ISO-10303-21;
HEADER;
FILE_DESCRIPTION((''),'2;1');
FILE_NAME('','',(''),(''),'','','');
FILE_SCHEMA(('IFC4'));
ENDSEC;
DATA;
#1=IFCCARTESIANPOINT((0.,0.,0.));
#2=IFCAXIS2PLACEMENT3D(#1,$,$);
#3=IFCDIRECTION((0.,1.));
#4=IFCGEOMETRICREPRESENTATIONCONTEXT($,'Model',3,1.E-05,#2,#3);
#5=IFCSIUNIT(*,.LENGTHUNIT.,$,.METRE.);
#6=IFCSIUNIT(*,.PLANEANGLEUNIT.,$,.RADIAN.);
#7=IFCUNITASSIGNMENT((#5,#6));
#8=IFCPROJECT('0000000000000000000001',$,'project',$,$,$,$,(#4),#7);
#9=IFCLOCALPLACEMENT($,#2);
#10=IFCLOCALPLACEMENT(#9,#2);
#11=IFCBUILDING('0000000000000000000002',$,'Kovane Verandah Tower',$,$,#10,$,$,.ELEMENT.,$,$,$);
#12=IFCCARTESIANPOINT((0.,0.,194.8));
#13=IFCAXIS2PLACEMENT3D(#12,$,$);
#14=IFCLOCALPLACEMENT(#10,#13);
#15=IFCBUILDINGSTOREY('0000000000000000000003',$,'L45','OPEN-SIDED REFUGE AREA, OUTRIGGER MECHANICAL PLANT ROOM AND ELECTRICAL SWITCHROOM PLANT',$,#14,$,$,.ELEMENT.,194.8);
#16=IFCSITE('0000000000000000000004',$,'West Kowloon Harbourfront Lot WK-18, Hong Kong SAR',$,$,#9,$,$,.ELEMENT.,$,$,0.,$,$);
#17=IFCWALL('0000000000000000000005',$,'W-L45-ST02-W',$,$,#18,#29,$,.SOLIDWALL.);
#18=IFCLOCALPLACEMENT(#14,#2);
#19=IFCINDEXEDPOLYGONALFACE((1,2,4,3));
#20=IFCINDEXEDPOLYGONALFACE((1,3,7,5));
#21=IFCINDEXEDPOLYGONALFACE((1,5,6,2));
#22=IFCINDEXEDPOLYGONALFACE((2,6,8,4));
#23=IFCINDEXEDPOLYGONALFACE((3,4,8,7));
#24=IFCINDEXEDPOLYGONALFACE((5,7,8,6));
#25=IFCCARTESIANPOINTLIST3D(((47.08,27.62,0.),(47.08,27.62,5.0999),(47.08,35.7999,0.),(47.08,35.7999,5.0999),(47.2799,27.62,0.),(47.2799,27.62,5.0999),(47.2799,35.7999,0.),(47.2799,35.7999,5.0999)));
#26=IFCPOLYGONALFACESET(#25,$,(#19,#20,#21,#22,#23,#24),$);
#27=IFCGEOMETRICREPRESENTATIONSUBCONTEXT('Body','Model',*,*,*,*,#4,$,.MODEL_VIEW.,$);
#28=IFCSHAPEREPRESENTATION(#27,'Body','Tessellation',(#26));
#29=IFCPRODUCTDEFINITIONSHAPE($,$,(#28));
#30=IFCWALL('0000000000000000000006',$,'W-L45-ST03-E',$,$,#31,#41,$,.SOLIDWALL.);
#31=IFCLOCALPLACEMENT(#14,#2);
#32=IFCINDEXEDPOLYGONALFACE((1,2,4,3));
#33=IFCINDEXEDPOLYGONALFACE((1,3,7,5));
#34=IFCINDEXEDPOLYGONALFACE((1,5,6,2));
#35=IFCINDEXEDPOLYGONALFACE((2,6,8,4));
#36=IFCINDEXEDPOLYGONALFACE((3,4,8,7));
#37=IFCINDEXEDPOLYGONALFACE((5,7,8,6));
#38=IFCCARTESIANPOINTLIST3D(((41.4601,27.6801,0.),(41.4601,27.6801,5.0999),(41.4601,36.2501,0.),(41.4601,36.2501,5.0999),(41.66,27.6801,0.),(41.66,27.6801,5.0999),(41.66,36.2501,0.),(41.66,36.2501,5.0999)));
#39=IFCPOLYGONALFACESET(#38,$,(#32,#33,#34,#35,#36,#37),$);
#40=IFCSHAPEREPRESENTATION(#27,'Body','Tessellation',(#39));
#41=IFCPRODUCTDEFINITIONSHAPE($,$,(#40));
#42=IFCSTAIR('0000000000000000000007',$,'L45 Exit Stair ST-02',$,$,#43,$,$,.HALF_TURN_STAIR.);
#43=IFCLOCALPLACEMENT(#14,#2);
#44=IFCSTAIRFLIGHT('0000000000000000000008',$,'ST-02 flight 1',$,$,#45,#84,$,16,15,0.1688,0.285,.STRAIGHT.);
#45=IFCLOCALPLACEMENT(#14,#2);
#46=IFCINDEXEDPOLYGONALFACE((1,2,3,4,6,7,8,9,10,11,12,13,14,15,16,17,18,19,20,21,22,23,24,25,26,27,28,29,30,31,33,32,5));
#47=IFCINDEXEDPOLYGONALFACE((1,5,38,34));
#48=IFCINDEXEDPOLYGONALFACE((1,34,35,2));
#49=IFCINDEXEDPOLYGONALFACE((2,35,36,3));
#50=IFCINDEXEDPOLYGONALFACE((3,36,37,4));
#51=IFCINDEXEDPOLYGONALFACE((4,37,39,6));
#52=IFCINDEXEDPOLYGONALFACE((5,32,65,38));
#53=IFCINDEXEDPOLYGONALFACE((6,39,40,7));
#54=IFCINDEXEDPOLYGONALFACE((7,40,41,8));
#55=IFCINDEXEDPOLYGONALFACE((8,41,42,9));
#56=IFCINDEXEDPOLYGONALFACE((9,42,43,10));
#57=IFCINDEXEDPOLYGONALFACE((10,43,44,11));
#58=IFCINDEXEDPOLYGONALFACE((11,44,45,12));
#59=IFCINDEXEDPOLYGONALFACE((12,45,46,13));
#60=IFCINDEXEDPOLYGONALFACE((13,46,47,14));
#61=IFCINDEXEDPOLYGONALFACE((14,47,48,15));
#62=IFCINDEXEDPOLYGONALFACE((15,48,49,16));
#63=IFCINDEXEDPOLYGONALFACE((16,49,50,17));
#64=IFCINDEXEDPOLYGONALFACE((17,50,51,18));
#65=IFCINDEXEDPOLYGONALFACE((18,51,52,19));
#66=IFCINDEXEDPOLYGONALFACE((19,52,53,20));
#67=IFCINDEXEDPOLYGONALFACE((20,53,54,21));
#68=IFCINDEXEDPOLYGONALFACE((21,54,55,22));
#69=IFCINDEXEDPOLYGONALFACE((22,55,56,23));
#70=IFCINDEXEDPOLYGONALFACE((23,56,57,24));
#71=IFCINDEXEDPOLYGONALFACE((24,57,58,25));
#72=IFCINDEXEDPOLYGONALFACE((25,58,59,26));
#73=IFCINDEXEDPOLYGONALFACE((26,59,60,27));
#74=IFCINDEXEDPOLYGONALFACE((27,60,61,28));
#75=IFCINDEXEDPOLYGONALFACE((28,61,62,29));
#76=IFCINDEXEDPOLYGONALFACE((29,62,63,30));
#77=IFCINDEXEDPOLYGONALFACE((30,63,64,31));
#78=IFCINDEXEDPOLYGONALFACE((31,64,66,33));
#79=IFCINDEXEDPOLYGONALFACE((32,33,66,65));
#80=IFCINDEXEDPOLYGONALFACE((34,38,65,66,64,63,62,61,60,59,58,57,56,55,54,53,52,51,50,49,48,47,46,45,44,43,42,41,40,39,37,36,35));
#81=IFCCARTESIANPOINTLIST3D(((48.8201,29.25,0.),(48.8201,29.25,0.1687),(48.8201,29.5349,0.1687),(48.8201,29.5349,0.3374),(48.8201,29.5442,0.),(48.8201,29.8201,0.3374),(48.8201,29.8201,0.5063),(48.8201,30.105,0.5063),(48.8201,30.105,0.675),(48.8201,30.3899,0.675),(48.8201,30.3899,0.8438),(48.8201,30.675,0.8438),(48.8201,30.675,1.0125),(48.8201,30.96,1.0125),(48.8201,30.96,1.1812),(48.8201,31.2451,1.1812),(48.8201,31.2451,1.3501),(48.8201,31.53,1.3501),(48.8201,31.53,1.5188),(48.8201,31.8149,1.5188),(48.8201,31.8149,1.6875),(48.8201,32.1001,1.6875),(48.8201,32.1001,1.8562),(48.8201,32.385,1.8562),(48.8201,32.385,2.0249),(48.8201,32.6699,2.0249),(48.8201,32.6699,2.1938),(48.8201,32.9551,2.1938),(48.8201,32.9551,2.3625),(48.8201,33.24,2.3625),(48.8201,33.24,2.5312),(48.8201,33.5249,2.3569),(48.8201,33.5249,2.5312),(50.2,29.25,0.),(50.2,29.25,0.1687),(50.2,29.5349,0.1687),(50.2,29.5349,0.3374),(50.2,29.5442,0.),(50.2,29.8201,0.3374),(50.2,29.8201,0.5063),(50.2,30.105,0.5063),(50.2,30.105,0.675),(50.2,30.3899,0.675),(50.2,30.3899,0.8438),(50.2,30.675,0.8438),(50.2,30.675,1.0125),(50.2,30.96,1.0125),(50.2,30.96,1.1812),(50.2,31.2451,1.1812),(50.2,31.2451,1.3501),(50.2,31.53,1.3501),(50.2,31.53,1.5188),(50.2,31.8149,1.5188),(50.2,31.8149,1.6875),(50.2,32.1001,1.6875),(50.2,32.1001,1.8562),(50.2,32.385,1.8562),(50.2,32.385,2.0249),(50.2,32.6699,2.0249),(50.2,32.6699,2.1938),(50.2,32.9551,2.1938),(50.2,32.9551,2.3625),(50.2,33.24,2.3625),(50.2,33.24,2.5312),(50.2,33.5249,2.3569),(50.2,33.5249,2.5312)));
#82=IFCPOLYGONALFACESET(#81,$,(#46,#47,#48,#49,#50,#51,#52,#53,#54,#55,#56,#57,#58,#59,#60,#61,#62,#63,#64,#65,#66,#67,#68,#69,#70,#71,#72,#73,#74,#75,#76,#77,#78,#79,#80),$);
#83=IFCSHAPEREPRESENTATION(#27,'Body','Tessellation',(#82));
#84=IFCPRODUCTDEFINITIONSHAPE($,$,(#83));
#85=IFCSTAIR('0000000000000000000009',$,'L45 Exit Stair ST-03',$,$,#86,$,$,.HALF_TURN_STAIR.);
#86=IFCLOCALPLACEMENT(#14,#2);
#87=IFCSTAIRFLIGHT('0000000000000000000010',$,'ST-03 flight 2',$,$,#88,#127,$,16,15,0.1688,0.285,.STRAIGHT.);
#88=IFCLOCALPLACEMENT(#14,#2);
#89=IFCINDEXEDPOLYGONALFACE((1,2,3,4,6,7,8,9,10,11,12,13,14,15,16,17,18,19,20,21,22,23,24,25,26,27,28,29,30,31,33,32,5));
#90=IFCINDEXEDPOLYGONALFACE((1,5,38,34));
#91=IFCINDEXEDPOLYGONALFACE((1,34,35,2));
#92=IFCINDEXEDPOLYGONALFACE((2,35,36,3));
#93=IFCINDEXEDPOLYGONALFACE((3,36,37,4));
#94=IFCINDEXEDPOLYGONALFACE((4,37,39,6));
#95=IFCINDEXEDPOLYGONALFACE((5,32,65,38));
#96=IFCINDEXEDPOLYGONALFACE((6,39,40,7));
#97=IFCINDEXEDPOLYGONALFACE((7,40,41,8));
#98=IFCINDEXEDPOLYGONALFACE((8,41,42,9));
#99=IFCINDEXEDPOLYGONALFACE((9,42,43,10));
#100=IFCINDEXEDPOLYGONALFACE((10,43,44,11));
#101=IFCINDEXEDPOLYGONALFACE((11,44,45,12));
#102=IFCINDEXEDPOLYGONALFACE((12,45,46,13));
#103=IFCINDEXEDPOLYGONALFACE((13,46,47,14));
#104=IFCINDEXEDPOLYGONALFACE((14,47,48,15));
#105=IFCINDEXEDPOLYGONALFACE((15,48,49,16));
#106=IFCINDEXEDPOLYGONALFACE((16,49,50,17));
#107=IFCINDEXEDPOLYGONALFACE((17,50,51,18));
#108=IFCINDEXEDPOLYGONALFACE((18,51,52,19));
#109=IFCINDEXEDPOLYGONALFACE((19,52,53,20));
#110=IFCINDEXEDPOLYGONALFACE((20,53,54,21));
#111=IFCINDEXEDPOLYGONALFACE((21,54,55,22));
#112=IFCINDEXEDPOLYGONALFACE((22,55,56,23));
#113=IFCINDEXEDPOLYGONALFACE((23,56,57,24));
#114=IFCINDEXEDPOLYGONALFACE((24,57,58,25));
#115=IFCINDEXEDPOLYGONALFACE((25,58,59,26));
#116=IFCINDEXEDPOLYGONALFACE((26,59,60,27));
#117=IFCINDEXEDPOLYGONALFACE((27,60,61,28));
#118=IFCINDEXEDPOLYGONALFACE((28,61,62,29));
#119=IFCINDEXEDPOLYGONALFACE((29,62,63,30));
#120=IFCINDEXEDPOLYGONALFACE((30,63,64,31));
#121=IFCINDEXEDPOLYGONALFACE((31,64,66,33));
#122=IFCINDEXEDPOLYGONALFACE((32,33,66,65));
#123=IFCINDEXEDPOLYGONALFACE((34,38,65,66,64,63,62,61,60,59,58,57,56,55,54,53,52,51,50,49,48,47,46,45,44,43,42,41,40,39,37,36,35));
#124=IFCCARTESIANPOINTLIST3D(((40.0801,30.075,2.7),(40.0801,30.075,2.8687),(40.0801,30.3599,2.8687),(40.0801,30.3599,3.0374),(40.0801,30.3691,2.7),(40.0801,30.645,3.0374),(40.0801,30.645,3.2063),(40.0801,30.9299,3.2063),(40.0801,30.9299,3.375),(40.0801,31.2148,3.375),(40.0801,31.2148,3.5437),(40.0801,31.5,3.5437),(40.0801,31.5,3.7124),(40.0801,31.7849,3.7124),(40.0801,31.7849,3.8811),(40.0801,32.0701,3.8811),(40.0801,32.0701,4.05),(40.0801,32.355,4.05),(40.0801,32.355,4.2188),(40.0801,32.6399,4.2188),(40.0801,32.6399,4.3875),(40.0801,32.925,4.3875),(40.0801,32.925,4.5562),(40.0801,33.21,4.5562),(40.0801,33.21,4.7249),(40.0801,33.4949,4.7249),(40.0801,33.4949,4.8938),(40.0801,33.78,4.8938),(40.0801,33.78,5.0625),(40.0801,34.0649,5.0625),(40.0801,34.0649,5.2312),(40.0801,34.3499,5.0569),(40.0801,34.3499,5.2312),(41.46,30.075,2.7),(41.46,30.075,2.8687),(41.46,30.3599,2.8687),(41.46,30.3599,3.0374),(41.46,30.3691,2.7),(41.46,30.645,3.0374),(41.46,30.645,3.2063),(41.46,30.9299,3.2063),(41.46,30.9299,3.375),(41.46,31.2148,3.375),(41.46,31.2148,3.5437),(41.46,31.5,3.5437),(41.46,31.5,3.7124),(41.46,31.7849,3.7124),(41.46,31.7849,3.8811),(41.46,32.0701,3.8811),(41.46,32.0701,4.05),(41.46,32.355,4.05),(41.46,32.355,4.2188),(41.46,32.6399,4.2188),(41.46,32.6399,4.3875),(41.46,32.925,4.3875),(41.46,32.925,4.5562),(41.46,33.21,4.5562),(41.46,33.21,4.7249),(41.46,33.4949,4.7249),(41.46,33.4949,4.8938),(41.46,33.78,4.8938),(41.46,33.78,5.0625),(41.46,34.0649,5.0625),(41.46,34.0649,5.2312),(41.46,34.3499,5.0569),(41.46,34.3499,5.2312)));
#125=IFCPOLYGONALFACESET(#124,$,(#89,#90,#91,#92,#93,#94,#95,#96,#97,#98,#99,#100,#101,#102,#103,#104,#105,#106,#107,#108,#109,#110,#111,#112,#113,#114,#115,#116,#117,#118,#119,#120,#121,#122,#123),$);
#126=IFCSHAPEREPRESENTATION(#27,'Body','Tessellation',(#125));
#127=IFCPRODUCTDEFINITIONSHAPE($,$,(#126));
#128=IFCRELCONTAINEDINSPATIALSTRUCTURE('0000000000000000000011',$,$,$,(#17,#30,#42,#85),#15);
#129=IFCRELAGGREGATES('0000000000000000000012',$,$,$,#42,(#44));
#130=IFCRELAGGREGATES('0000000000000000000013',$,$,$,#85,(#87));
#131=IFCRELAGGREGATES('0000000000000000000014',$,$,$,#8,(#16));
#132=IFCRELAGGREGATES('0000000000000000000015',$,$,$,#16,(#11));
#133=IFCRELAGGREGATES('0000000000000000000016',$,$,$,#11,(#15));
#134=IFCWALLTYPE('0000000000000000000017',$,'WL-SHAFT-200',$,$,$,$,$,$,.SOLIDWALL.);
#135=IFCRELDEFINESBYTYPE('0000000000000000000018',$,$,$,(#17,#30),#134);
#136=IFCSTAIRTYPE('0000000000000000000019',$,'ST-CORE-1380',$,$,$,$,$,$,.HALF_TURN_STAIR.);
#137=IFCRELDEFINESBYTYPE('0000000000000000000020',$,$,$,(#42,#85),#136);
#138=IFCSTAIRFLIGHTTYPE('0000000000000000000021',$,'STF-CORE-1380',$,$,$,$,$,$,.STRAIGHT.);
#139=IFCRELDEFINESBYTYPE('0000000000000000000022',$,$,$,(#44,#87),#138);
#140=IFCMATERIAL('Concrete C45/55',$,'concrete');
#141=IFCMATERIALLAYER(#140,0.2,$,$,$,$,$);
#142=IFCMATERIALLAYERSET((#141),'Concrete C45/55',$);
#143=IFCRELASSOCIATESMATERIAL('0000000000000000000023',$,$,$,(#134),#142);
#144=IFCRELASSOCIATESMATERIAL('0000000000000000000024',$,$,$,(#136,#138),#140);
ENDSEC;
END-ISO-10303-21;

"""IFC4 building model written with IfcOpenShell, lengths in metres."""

from ifc_helpers import new_model, si_unit, direction, frame, frame_2d, origin, place, context, subcontext, project, spatial, polyline, rectangle, outline, extrude, material, layer, layer_set, type_object, element, aggregate, save


model = new_model("IFC4")

# Units and contexts
model_context = context("Model", 3, precision=1e-05, world=origin(), true_north=direction((0.0, 1.0)))
body_context = subcontext(model_context, "Body", "Model", "MODEL_VIEW")
ifc_project = project(units=[si_unit("LENGTHUNIT", "METRE"), si_unit("PLANEANGLEUNIT", "RADIAN")], contexts=[model_context])

# Site, building, storey
site_placement = place(None, origin())
site = spatial("IfcSite", under=ifc_project, at=site_placement, Name="West Kowloon Harbourfront Lot WK-18, Hong Kong SAR", CompositionType="ELEMENT", RefElevation=0.0)
building_placement = place(site_placement, origin())
building = spatial("IfcBuilding", under=site, at=building_placement, Name="Kovane Verandah Tower", CompositionType="ELEMENT")
storey_placement = place(building_placement, frame((0.0, 0.0, 194.8)))
storey = spatial("IfcBuildingStorey", under=building, at=storey_placement, Name="L45", Description="OPEN-SIDED REFUGE AREA, OUTRIGGER MECHANICAL PLANT ROOM AND ELECTRICAL SWITCHROOM PLANT", CompositionType="ELEMENT", Elevation=194.8)

# Wall
ifc_material_1 = material(Name="Concrete C45/55", Category="concrete")
ifc_layer_1 = layer(ifc_material_1, 0.2)
ifc_layer_set_1 = layer_set([ifc_layer_1], Name="Concrete C45/55")
wall_type_1 = type_object("IfcWallType", Name="WL-SHAFT-200", PredefinedType="SOLIDWALL", material=ifc_layer_set_1)
wall_1_placement = place(storey_placement, frame((47.1799, 27.6201, 0.0), z_axis=(0.0, 0.0, 1.0), x_axis=(0.0, 1.0, 0.0)))
element("IfcWall", 1, at=wall_1_placement, inside=storey, type_object=wall_type_1, Name="W-L45-ST02-W", PredefinedType="SOLIDWALL", context=body_context, shape_type="SweptSolid", body=[
    extrude(rectangle(XDim=8.1799, YDim=0.2, at=frame_2d((4.0898, 0.0))), origin(), (0.0, 0.0, 1.0), 5.0999),
])

# Wall
wall_2_placement = place(storey_placement, frame((41.5601, 27.6799, 0.0), z_axis=(0.0, 0.0, 1.0), x_axis=(0.0, 1.0, 0.0)))
element("IfcWall", 2, at=wall_2_placement, inside=storey, type_object=wall_type_1, Name="W-L45-ST03-E", PredefinedType="SOLIDWALL", context=body_context, shape_type="SweptSolid", body=[
    extrude(rectangle(XDim=8.5701, YDim=0.2, at=frame_2d((4.2852, 0.0))), origin(), (0.0, 0.0, 1.0), 5.0999),
])

# Stairs, stair flights
stair_type = type_object("IfcStairType", Name="ST-CORE-1380", PredefinedType="HALF_TURN_STAIR", material=ifc_material_1)
stair_1_placement = place(storey_placement, origin())
stair_1 = element("IfcStair", 3, at=stair_1_placement, inside=storey, type_object=stair_type, Name="L45 Exit Stair ST-02", PredefinedType="HALF_TURN_STAIR")
stair_flight_type = type_object("IfcStairFlightType", Name="STF-CORE-1380", PredefinedType="STRAIGHT", material=ifc_material_1)
stair_flight_1_placement = place(storey_placement, frame((49.51, 29.25, 0.0), z_axis=(0.0, 0.0, 1.0), x_axis=(0.0, 1.0, 0.0)))
stair_flight_1 = element("IfcStairFlight", 4, at=stair_flight_1_placement, type_object=stair_flight_type, Name="ST-02 flight 1", NumberOfRisers=16, NumberOfTreads=15, PredefinedType="STRAIGHT", RiserHeight=0.1688, TreadLength=0.285, context=body_context, shape_type="SweptSolid", body=[
    extrude(outline(polyline([(0.0, 0.0), (0.0, 0.1687), (0.2849, 0.1687), (0.2849, 0.3374), (0.5701, 0.3374), (0.5701, 0.5063), (0.855, 0.5063), (0.855, 0.675), (1.1399, 0.675), (1.1399, 0.8438), (1.425, 0.8438), (1.425, 1.0125), (1.71, 1.0125), (1.71, 1.1812), (1.9951, 1.1812), (1.9951, 1.3501), (2.28, 1.3501), (2.28, 1.5188), (2.5649, 1.5188), (2.5649, 1.6875), (2.8501, 1.6875), (2.8501, 1.8562), (3.135, 1.8562), (3.135, 2.0249), (3.4199, 2.0249), (3.4199, 2.1938), (3.7051, 2.1938), (3.7051, 2.3625), (3.99, 2.3625), (3.99, 2.5312), (4.2749, 2.5312), (4.2749, 2.7), (4.2749, 2.3569), (0.2942, 0.0), (0.0, 0.0)])), frame((0.0, 0.6899, 0.0), z_axis=(0.0, -1.0, 0.0), x_axis=(1.0, 0.0, 0.0)), (0.0, 0.0, 1.0), 1.3799),
])
aggregate(stair_1, [stair_flight_1])
stair_2_placement = place(storey_placement, origin())
stair_2 = element("IfcStair", 5, at=stair_2_placement, inside=storey, type_object=stair_type, Name="L45 Exit Stair ST-03", PredefinedType="HALF_TURN_STAIR")
stair_flight_2_placement = place(storey_placement, frame((40.77, 30.075, 2.7), z_axis=(0.0, 0.0, 1.0), x_axis=(0.0, 1.0, 0.0)))
stair_flight_2 = element("IfcStairFlight", 6, at=stair_flight_2_placement, type_object=stair_flight_type, Name="ST-03 flight 2", NumberOfRisers=16, NumberOfTreads=15, PredefinedType="STRAIGHT", RiserHeight=0.1688, TreadLength=0.285, context=body_context, shape_type="SweptSolid", body=[
    extrude(outline(polyline([(0.0, 0.0), (0.0, 0.1687), (0.2849, 0.1687), (0.2849, 0.3374), (0.5701, 0.3374), (0.5701, 0.5063), (0.855, 0.5063), (0.855, 0.675), (1.1399, 0.675), (1.1399, 0.8438), (1.425, 0.8438), (1.425, 1.0125), (1.71, 1.0125), (1.71, 1.1812), (1.9951, 1.1812), (1.9951, 1.3501), (2.28, 1.3501), (2.28, 1.5188), (2.5649, 1.5188), (2.5649, 1.6875), (2.8501, 1.6875), (2.8501, 1.8562), (3.135, 1.8562), (3.135, 2.0249), (3.4199, 2.0249), (3.4199, 2.1938), (3.7051, 2.1938), (3.7051, 2.3625), (3.99, 2.3625), (3.99, 2.5312), (4.2749, 2.5312), (4.2749, 2.7), (4.2749, 2.3569), (0.2942, 0.0), (0.0, 0.0)])), frame((0.0, 0.6899, 0.0), z_axis=(0.0, -1.0, 0.0), x_axis=(1.0, 0.0, 0.0)), (0.0, 0.0, 1.0), 1.3799),
])
aggregate(stair_2, [stair_flight_2])

save(model, "model.ifc")
